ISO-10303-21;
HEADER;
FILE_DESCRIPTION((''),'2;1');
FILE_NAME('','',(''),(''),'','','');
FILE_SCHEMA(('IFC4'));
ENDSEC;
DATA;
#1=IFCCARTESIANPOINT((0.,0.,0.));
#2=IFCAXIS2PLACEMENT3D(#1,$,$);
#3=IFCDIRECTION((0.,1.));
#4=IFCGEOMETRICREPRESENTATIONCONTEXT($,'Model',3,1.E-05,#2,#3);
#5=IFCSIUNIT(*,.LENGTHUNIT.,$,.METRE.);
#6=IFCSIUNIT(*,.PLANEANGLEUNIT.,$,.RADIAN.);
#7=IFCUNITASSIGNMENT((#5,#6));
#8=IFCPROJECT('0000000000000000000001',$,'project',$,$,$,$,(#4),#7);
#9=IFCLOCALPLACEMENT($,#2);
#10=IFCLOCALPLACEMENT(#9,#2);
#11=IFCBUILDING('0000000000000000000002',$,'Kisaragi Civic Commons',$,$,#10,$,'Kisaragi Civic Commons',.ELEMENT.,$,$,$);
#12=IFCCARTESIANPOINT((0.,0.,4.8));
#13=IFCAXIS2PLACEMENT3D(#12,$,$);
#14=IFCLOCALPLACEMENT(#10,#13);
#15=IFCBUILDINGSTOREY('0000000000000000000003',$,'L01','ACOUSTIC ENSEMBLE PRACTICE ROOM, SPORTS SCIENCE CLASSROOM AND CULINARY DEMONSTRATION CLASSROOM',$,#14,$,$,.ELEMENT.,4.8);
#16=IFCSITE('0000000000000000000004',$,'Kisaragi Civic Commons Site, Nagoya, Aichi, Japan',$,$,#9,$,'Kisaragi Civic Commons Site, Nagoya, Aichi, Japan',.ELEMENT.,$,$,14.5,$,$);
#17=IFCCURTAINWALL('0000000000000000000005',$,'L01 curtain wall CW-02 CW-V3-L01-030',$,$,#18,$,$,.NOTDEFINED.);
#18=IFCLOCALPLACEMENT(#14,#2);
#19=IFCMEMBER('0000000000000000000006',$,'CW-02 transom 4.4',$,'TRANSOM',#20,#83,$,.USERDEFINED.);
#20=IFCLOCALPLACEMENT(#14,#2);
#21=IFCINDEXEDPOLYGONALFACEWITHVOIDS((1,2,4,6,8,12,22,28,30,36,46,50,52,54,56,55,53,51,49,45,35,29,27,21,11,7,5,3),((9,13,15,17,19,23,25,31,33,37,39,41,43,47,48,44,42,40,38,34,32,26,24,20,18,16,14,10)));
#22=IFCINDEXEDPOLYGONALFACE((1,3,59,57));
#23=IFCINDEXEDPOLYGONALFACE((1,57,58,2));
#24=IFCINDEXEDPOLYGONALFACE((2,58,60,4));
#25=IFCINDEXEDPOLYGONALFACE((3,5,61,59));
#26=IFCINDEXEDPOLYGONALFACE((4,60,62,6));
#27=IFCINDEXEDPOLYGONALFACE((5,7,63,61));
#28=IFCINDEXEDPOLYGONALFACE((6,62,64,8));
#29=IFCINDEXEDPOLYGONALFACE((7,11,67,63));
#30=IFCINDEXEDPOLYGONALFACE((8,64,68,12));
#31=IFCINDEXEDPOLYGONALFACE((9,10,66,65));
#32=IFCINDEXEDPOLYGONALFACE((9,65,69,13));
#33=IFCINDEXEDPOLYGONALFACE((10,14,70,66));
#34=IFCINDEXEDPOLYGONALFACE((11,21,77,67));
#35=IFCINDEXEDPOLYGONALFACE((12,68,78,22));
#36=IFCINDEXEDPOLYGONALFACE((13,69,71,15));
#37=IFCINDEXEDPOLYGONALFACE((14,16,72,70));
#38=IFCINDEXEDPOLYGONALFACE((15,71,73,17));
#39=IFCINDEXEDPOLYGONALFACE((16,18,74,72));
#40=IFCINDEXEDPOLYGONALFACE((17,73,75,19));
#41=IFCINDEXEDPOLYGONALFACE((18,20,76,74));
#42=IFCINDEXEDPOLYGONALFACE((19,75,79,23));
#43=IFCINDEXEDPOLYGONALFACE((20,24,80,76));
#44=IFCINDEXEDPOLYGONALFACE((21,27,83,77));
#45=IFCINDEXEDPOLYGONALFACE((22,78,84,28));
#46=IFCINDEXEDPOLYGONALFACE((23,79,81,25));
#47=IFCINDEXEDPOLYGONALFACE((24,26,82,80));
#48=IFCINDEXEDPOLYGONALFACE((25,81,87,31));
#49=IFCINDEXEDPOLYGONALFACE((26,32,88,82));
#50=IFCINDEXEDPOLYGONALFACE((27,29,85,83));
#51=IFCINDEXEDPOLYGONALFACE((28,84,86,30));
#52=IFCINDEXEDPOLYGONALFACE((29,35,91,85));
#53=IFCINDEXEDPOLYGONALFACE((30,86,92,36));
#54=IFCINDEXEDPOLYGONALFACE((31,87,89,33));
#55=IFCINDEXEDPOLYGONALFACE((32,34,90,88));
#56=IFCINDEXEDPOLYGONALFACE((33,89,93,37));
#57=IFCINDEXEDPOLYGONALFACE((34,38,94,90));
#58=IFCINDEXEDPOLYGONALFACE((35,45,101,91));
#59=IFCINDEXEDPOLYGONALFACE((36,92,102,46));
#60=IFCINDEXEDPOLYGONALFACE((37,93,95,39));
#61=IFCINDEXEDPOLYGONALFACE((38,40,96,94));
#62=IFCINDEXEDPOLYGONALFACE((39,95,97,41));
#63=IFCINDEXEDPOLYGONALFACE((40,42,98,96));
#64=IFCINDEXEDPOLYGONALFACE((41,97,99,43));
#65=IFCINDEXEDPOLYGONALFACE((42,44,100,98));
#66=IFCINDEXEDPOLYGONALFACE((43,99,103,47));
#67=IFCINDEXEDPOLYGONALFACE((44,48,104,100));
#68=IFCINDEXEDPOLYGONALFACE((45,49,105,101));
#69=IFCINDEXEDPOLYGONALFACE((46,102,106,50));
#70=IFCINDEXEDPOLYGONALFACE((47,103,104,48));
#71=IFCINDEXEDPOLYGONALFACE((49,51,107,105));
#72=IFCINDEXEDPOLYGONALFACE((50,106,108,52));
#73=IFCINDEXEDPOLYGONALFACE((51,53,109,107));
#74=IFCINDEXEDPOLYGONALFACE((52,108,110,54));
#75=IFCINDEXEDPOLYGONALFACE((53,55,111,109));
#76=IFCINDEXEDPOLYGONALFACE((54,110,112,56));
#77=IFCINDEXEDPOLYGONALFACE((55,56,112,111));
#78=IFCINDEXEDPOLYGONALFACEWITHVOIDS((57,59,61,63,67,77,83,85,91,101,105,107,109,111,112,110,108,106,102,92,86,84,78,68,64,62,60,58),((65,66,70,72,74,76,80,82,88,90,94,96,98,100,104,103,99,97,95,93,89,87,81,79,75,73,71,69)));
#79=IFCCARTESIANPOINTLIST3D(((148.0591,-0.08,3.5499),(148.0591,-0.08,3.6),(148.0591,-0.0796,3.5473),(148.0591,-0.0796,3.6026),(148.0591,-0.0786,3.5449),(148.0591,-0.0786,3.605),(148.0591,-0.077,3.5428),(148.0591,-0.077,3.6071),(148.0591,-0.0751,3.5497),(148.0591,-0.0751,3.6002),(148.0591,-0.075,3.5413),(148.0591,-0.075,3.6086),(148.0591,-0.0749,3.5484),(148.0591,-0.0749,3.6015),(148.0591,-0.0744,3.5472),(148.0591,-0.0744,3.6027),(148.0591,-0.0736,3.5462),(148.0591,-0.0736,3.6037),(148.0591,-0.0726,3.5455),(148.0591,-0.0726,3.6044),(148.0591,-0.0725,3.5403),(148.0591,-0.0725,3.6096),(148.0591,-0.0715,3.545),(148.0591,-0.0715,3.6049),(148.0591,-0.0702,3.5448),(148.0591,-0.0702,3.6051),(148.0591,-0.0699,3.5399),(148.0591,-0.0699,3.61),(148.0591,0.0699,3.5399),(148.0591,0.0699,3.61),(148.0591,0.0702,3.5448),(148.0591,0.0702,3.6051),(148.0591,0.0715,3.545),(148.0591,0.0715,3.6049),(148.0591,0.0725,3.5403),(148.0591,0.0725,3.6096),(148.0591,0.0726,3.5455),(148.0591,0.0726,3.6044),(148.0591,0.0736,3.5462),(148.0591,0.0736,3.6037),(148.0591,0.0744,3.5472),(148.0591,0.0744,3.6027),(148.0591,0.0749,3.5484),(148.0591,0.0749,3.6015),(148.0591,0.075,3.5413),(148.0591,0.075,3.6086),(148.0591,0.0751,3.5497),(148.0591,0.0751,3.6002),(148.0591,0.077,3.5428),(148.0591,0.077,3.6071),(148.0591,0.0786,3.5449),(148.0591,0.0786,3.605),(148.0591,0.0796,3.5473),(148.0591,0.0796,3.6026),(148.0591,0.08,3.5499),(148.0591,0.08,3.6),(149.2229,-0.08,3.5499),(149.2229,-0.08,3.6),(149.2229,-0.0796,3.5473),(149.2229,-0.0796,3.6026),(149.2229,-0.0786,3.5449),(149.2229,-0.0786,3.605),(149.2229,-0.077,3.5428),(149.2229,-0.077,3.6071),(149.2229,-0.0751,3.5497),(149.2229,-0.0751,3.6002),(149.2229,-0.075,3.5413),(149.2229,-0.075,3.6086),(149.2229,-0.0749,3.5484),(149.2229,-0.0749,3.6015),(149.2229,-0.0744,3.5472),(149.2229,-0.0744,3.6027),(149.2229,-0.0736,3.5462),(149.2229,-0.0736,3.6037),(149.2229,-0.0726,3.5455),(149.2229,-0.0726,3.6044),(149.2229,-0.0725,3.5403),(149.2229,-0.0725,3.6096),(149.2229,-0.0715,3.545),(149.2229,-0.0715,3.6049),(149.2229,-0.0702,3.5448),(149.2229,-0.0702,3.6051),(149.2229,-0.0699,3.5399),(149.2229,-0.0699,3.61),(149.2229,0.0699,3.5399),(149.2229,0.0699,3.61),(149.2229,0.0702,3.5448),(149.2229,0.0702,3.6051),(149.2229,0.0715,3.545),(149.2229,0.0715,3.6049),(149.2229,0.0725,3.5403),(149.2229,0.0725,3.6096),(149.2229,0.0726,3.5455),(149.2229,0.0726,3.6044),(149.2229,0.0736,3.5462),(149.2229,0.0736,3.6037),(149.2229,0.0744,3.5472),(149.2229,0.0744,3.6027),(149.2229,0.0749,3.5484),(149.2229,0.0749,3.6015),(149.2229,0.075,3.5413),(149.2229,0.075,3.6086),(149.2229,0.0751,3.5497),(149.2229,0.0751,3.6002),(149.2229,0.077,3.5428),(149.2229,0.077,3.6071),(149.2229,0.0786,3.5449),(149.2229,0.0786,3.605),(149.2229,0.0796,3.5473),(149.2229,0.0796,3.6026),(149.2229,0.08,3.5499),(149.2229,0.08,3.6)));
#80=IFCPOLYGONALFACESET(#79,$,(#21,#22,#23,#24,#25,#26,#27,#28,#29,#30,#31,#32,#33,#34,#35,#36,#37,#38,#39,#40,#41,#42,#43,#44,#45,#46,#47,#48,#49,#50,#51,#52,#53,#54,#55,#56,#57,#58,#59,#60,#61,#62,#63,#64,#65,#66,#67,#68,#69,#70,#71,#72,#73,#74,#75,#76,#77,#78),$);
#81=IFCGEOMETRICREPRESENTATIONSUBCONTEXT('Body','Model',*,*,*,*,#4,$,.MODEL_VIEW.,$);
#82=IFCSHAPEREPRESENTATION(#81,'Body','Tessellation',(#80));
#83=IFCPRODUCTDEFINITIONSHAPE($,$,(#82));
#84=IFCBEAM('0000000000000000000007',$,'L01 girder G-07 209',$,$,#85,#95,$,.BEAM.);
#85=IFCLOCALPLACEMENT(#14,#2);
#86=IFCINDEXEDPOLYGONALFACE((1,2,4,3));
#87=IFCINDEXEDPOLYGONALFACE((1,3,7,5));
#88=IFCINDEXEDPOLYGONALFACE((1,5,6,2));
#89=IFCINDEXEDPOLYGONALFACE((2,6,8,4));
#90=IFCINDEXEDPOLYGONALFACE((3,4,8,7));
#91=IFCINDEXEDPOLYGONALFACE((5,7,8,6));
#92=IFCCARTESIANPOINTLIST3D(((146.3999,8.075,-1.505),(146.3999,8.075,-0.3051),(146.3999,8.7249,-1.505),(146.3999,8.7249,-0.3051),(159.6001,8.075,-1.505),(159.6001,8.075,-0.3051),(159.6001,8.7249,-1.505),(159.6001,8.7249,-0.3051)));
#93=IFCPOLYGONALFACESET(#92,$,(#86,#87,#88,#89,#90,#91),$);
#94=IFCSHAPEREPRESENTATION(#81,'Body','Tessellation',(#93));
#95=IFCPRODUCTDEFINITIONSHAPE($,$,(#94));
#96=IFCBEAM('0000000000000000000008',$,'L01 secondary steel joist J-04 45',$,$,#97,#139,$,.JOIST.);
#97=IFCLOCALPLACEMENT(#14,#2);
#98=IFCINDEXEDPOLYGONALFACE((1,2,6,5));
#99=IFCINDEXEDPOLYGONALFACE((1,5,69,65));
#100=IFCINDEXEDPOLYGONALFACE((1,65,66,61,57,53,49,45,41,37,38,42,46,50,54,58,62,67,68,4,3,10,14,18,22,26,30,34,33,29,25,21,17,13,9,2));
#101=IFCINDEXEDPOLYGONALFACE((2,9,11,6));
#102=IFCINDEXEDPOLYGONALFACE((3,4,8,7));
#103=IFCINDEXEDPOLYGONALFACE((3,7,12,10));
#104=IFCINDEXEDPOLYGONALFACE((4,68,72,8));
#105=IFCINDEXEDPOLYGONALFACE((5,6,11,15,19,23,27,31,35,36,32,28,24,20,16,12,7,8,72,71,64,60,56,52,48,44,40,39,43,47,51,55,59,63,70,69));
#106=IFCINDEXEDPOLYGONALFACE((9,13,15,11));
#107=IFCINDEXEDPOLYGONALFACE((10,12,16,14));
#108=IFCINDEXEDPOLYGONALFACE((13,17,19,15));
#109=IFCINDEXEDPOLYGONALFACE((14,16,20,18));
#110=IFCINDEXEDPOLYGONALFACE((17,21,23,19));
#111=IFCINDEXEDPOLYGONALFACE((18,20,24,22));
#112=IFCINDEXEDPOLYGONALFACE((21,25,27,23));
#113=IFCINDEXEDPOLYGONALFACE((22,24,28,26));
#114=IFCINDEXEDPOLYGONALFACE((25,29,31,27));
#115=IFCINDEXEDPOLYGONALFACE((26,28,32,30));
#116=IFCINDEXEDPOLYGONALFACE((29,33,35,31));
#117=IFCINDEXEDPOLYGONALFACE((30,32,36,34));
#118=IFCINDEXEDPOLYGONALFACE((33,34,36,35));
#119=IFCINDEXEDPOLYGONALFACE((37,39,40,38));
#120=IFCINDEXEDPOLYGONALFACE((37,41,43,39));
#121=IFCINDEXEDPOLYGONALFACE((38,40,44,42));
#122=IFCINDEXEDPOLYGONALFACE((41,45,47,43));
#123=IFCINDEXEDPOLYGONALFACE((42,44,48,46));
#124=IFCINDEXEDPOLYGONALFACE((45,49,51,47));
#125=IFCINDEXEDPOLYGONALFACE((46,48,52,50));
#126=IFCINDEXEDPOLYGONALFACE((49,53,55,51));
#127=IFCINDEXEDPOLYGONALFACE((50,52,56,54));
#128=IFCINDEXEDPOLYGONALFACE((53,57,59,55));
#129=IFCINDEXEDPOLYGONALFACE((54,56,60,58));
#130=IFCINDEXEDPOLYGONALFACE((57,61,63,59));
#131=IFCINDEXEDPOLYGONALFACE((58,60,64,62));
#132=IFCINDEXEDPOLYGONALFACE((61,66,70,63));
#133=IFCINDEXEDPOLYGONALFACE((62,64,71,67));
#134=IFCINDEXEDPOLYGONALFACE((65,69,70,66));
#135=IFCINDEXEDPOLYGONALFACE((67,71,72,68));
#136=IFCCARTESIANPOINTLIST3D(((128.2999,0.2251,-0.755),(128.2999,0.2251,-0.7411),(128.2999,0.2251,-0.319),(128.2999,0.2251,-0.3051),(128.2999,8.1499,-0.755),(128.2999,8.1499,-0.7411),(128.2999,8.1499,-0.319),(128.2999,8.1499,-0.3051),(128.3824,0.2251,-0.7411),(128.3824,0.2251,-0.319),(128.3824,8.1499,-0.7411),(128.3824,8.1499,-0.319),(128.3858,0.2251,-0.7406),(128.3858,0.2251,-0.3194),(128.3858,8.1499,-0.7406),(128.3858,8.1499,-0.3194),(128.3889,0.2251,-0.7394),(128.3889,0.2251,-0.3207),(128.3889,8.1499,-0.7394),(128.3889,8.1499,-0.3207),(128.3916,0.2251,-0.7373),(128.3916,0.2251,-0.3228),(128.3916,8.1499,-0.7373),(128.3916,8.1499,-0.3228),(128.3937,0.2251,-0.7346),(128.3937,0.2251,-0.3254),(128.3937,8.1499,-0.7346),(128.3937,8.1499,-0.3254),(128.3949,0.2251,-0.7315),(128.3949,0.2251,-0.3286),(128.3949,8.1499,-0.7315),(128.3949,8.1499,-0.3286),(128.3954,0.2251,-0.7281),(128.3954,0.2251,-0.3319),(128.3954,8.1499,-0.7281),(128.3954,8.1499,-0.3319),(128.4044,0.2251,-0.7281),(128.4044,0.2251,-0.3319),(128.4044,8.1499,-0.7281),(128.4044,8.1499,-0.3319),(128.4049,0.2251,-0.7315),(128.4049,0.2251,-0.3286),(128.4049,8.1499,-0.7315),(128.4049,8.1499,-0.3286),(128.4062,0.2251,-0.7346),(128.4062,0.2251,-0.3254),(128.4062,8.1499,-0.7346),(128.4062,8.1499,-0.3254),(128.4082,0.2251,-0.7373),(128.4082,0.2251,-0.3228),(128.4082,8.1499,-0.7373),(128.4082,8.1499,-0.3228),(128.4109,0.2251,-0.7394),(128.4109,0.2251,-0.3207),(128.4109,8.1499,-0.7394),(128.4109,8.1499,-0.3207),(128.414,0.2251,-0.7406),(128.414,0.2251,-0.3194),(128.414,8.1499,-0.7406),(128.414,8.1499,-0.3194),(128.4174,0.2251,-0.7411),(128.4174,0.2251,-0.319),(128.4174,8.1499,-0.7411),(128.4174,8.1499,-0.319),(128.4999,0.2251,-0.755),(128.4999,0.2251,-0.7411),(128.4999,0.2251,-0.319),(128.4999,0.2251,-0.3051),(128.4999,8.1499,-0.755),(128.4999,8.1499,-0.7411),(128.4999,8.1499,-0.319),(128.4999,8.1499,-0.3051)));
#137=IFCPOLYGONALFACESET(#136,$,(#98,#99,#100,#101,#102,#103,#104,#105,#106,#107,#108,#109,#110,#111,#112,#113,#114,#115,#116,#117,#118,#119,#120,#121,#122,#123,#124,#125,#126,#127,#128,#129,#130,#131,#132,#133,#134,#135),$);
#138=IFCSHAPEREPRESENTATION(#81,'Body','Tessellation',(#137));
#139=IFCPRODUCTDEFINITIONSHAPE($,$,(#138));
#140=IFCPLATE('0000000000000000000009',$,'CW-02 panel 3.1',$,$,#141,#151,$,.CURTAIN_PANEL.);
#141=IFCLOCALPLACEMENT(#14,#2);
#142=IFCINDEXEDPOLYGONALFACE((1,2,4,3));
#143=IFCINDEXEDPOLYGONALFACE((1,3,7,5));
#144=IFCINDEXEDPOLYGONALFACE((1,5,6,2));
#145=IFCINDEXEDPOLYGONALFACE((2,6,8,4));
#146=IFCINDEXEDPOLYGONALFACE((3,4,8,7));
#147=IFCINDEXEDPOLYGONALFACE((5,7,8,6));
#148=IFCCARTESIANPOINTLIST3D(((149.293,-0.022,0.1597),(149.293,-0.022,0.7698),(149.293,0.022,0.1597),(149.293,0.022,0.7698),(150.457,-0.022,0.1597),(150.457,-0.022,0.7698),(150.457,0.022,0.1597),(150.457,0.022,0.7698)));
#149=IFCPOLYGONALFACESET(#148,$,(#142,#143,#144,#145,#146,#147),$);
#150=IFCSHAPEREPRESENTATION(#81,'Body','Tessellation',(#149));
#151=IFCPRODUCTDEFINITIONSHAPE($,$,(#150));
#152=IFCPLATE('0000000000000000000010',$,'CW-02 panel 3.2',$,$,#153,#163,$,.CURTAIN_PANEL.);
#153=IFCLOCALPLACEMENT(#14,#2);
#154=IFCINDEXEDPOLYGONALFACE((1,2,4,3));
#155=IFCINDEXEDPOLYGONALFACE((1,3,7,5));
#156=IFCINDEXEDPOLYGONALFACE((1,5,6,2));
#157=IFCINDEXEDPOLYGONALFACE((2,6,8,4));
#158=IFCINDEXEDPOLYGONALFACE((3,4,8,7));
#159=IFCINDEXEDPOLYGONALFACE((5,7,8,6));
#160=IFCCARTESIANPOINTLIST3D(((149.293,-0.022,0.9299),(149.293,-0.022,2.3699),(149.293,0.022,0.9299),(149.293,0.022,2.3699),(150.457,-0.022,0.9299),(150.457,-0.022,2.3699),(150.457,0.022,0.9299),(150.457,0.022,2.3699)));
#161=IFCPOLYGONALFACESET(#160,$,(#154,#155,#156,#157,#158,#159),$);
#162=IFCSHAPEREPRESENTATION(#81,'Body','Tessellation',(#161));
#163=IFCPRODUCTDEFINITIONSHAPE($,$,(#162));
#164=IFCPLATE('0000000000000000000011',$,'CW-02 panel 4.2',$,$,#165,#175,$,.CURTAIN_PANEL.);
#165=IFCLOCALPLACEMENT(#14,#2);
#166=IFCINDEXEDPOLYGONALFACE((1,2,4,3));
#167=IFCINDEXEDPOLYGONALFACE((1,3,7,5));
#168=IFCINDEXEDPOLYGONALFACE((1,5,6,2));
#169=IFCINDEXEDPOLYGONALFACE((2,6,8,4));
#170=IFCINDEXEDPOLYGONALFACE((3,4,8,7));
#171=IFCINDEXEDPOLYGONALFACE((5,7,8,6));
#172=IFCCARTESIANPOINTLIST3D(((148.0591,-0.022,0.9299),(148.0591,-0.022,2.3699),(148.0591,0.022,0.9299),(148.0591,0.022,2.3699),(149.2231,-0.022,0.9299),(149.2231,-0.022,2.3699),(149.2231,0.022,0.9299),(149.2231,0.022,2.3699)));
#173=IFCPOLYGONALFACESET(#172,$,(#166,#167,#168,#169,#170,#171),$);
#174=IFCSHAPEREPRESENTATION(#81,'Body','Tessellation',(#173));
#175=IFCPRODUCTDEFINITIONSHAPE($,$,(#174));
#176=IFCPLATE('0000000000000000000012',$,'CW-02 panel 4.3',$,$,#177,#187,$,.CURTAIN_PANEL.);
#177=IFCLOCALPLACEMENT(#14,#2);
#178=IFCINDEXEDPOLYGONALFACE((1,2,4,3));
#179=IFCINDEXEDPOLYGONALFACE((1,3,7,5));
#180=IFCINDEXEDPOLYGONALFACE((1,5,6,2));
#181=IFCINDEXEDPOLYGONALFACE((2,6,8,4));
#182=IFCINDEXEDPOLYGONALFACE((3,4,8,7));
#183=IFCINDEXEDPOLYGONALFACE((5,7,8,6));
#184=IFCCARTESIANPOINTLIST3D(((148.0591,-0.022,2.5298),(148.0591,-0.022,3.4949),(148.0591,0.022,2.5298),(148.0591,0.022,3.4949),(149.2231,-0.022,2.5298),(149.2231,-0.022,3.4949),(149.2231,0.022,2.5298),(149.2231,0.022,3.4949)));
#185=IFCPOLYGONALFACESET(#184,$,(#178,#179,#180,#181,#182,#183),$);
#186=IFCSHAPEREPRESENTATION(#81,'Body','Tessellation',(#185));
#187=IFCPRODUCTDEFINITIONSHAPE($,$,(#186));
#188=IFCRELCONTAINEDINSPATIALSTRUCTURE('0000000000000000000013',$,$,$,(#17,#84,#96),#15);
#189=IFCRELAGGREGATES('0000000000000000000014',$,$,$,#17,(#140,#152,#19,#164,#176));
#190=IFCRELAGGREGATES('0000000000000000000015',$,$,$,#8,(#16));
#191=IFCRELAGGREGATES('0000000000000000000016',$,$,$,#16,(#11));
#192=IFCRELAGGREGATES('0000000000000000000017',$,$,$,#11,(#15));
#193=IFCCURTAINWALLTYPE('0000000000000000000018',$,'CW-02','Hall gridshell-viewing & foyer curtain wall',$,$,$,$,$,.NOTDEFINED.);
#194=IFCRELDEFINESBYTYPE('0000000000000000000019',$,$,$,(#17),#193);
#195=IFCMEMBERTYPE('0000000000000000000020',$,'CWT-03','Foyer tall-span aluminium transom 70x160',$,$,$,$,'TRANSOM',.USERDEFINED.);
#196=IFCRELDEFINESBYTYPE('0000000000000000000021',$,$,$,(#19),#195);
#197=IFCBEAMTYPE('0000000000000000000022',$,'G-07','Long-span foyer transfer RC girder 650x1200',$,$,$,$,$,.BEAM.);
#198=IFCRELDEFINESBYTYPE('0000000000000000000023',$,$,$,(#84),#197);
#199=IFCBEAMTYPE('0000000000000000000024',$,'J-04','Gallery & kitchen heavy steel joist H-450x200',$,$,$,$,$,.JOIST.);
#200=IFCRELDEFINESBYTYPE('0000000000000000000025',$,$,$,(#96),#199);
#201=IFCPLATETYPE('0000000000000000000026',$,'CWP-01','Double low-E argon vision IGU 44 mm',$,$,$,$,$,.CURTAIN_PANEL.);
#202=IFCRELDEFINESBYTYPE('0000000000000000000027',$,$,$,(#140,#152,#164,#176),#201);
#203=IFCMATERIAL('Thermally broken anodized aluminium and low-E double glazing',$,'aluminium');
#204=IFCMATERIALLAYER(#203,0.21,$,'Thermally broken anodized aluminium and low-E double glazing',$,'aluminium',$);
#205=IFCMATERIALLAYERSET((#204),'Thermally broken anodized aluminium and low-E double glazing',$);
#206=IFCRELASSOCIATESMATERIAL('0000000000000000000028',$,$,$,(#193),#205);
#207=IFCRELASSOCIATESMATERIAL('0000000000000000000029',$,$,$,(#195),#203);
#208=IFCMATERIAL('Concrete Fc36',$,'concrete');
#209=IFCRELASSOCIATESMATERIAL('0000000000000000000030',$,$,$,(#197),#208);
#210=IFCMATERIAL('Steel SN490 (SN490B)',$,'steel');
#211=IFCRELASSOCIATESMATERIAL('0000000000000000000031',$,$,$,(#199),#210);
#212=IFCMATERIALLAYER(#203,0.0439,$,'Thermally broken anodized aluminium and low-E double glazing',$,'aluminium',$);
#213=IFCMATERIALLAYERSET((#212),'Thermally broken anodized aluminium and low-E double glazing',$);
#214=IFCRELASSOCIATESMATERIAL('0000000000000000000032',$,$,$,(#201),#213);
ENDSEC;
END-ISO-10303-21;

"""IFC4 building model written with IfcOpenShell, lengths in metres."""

from ifc_helpers import new_model, si_unit, direction, frame, origin, origin_2d, place, context, subcontext, project, spatial, rectangle, hollow_rectangle, i_section, extrude, material, layer, layer_set, material_profile, profile_set, type_object, element, aggregate, save


model = new_model("IFC4")

# Units and contexts
model_context = context("Model", 3, precision=1e-05, world=origin(), true_north=direction((0.0, 1.0)))
body_context = subcontext(model_context, "Body", "Model", "MODEL_VIEW")
ifc_project = project(units=[si_unit("LENGTHUNIT", "METRE"), si_unit("PLANEANGLEUNIT", "RADIAN")], contexts=[model_context])

# Site, building, storey
site_placement = place(None, origin())
site = spatial("IfcSite", under=ifc_project, at=site_placement, Name="Kisaragi Civic Commons Site, Nagoya, Aichi, Japan", LongName="Kisaragi Civic Commons Site, Nagoya, Aichi, Japan", CompositionType="ELEMENT", RefElevation=14.5)
building_placement = place(site_placement, origin())
building = spatial("IfcBuilding", under=site, at=building_placement, Name="Kisaragi Civic Commons", LongName="Kisaragi Civic Commons", CompositionType="ELEMENT")
storey_placement = place(building_placement, frame((0.0, 0.0, 4.8)))
storey = spatial("IfcBuildingStorey", under=building, at=storey_placement, Name="L01", Description="ACOUSTIC ENSEMBLE PRACTICE ROOM, SPORTS SCIENCE CLASSROOM AND CULINARY DEMONSTRATION CLASSROOM", CompositionType="ELEMENT", Elevation=4.8)

# Shared definitions
ifc_material_1 = material(Name="Concrete Fc36", Category="concrete")

# Curtain wall, member
ifc_material_2 = material(Name="Thermally broken anodized aluminium and low-E double glazing", Category="aluminium")
ifc_layer_1 = layer(ifc_material_2, 0.21, Name="Thermally broken anodized aluminium and low-E double glazing", Category="aluminium")
ifc_layer_set_1 = layer_set([ifc_layer_1], Name="Thermally broken anodized aluminium and low-E double glazing")
curtain_wall_type = type_object("IfcCurtainWallType", Name="CW-02", Description="Hall gridshell-viewing & foyer curtain wall", PredefinedType="NOTDEFINED", material=ifc_layer_set_1)
curtain_wall_placement = place(storey_placement, origin())
curtain_wall = element("IfcCurtainWall", 1, at=curtain_wall_placement, inside=storey, type_object=curtain_wall_type, Name="L01 curtain wall CW-02 CW-V3-L01-030", PredefinedType="NOTDEFINED")
ifc_material_profile_1 = material_profile(ifc_material_2, hollow_rectangle(XDim=0.1599, YDim=0.0701, WallThickness=0.0049, InnerFilletRadius=0.0049, OuterFilletRadius=0.01, at=origin_2d()), Name="CWT-70x160x5", Category="aluminium")
ifc_profile_set_1 = profile_set([ifc_material_profile_1], Name="Thermally broken anodized aluminium and low-E double glazing")
member_type_1 = type_object("IfcMemberType", Name="CWT-03", Description="Foyer tall-span aluminium transom 70x160", ElementType="TRANSOM", PredefinedType="USERDEFINED", material=ifc_profile_set_1)
member_1_placement = place(storey_placement, frame((149.2229, 0.0, 3.575), z_axis=(-1.0, 0.0, 0.0), x_axis=(0.0, -1.0, 0.0)))
member_1 = element("IfcMember", 2, at=member_1_placement, type_object=member_type_1, Name="CW-02 transom 4.4", ObjectType="TRANSOM", PredefinedType="USERDEFINED", context=body_context, shape_type="SweptSolid", body=[
    extrude(hollow_rectangle(XDim=0.1599, YDim=0.0701, WallThickness=0.0049, InnerFilletRadius=0.0049, OuterFilletRadius=0.01, at=origin_2d()), origin(), (0.0, 0.0, 1.0), 1.1638),
])

# Beams
ifc_material_profile_2 = material_profile(ifc_material_1, rectangle(XDim=0.6499, YDim=1.2, at=origin_2d()), Name="RC-650x1200", Category="concrete")
ifc_profile_set_2 = profile_set([ifc_material_profile_2], Name="Concrete Fc36")
beam_type_1 = type_object("IfcBeamType", Name="G-07", Description="Long-span foyer transfer RC girder 650x1200", PredefinedType="BEAM", material=ifc_profile_set_2)
beam_1_placement = place(storey_placement, frame((146.3999, 8.3999, -0.905), z_axis=(1.0, 0.0, 0.0), x_axis=(0.0, 1.0, 0.0)))
element("IfcBeam", 3, at=beam_1_placement, inside=storey, type_object=beam_type_1, Name="L01 girder G-07 209", PredefinedType="BEAM", context=body_context, shape_type="SweptSolid", body=[
    extrude(rectangle(XDim=0.6499, YDim=1.2, at=origin_2d()), origin(), (0.0, 0.0, 1.0), 13.2002),
])
ifc_material_3 = material(Name="Steel SN490 (SN490B)", Category="steel")
ifc_material_profile_3 = material_profile(ifc_material_3, i_section(OverallWidth=0.2, OverallDepth=0.45, WebThickness=0.009, FlangeThickness=0.0139, FilletRadius=0.0129, at=origin_2d()), Name="H-450x200x9x14", Category="steel")
ifc_profile_set_3 = profile_set([ifc_material_profile_3], Name="Steel SN490 (SN490B)")
beam_type_2 = type_object("IfcBeamType", Name="J-04", Description="Gallery & kitchen heavy steel joist H-450x200", PredefinedType="JOIST", material=ifc_profile_set_3)
beam_2_placement = place(storey_placement, frame((128.3999, 0.2251, -0.53), z_axis=(0.0, 1.0, 0.0), x_axis=(-1.0, 0.0, 0.0)))
element("IfcBeam", 4, at=beam_2_placement, inside=storey, type_object=beam_type_2, Name="L01 secondary steel joist J-04 45", PredefinedType="JOIST", context=body_context, shape_type="SweptSolid", body=[
    extrude(i_section(OverallWidth=0.2, OverallDepth=0.45, WebThickness=0.009, FlangeThickness=0.0139, FilletRadius=0.0129, at=origin_2d()), origin(), (0.0, 0.0, 1.0), 7.9248),
])

# Plates
ifc_layer_2 = layer(ifc_material_2, 0.0439, Name="Thermally broken anodized aluminium and low-E double glazing", Category="aluminium")
ifc_layer_set_2 = layer_set([ifc_layer_2], Name="Thermally broken anodized aluminium and low-E double glazing")
plate_type = type_object("IfcPlateType", Name="CWP-01", Description="Double low-E argon vision IGU 44 mm", PredefinedType="CURTAIN_PANEL", material=ifc_layer_set_2)
plate_1_placement = place(storey_placement, frame((149.875, 0.0, 0.1597), z_axis=(0.0, 0.0, 1.0), x_axis=(-1.0, 0.0, 0.0)))
plate_1 = element("IfcPlate", 5, at=plate_1_placement, type_object=plate_type, Name="CW-02 panel 3.1", PredefinedType="CURTAIN_PANEL", context=body_context, shape_type="SweptSolid", body=[
    extrude(rectangle(XDim=1.1641, YDim=0.0439, at=origin_2d()), origin(), (0.0, 0.0, 1.0), 0.6101),
])
plate_2_placement = place(storey_placement, frame((149.875, 0.0, 0.9299), z_axis=(0.0, 0.0, 1.0), x_axis=(-1.0, 0.0, 0.0)))
plate_2 = element("IfcPlate", 6, at=plate_2_placement, type_object=plate_type, Name="CW-02 panel 3.2", PredefinedType="CURTAIN_PANEL", context=body_context, shape_type="SweptSolid", body=[
    extrude(rectangle(XDim=1.1641, YDim=0.0439, at=origin_2d()), origin(), (0.0, 0.0, 1.0), 1.4399),
])
plate_3_placement = place(storey_placement, frame((148.6411, 0.0, 0.9299), z_axis=(0.0, 0.0, 1.0), x_axis=(-1.0, 0.0, 0.0)))
plate_3 = element("IfcPlate", 7, at=plate_3_placement, type_object=plate_type, Name="CW-02 panel 4.2", PredefinedType="CURTAIN_PANEL", context=body_context, shape_type="SweptSolid", body=[
    extrude(rectangle(XDim=1.1641, YDim=0.0439, at=origin_2d()), origin(), (0.0, 0.0, 1.0), 1.4399),
])
plate_4_placement = place(storey_placement, frame((148.6411, 0.0, 2.5298), z_axis=(0.0, 0.0, 1.0), x_axis=(-1.0, 0.0, 0.0)))
plate_4 = element("IfcPlate", 8, at=plate_4_placement, type_object=plate_type, Name="CW-02 panel 4.3", PredefinedType="CURTAIN_PANEL", context=body_context, shape_type="SweptSolid", body=[
    extrude(rectangle(XDim=1.1641, YDim=0.0439, at=origin_2d()), origin(), (0.0, 0.0, 1.0), 0.9651),
])
aggregate(curtain_wall, [plate_1, plate_2, member_1, plate_3, plate_4])

save(model, "model.ifc")
